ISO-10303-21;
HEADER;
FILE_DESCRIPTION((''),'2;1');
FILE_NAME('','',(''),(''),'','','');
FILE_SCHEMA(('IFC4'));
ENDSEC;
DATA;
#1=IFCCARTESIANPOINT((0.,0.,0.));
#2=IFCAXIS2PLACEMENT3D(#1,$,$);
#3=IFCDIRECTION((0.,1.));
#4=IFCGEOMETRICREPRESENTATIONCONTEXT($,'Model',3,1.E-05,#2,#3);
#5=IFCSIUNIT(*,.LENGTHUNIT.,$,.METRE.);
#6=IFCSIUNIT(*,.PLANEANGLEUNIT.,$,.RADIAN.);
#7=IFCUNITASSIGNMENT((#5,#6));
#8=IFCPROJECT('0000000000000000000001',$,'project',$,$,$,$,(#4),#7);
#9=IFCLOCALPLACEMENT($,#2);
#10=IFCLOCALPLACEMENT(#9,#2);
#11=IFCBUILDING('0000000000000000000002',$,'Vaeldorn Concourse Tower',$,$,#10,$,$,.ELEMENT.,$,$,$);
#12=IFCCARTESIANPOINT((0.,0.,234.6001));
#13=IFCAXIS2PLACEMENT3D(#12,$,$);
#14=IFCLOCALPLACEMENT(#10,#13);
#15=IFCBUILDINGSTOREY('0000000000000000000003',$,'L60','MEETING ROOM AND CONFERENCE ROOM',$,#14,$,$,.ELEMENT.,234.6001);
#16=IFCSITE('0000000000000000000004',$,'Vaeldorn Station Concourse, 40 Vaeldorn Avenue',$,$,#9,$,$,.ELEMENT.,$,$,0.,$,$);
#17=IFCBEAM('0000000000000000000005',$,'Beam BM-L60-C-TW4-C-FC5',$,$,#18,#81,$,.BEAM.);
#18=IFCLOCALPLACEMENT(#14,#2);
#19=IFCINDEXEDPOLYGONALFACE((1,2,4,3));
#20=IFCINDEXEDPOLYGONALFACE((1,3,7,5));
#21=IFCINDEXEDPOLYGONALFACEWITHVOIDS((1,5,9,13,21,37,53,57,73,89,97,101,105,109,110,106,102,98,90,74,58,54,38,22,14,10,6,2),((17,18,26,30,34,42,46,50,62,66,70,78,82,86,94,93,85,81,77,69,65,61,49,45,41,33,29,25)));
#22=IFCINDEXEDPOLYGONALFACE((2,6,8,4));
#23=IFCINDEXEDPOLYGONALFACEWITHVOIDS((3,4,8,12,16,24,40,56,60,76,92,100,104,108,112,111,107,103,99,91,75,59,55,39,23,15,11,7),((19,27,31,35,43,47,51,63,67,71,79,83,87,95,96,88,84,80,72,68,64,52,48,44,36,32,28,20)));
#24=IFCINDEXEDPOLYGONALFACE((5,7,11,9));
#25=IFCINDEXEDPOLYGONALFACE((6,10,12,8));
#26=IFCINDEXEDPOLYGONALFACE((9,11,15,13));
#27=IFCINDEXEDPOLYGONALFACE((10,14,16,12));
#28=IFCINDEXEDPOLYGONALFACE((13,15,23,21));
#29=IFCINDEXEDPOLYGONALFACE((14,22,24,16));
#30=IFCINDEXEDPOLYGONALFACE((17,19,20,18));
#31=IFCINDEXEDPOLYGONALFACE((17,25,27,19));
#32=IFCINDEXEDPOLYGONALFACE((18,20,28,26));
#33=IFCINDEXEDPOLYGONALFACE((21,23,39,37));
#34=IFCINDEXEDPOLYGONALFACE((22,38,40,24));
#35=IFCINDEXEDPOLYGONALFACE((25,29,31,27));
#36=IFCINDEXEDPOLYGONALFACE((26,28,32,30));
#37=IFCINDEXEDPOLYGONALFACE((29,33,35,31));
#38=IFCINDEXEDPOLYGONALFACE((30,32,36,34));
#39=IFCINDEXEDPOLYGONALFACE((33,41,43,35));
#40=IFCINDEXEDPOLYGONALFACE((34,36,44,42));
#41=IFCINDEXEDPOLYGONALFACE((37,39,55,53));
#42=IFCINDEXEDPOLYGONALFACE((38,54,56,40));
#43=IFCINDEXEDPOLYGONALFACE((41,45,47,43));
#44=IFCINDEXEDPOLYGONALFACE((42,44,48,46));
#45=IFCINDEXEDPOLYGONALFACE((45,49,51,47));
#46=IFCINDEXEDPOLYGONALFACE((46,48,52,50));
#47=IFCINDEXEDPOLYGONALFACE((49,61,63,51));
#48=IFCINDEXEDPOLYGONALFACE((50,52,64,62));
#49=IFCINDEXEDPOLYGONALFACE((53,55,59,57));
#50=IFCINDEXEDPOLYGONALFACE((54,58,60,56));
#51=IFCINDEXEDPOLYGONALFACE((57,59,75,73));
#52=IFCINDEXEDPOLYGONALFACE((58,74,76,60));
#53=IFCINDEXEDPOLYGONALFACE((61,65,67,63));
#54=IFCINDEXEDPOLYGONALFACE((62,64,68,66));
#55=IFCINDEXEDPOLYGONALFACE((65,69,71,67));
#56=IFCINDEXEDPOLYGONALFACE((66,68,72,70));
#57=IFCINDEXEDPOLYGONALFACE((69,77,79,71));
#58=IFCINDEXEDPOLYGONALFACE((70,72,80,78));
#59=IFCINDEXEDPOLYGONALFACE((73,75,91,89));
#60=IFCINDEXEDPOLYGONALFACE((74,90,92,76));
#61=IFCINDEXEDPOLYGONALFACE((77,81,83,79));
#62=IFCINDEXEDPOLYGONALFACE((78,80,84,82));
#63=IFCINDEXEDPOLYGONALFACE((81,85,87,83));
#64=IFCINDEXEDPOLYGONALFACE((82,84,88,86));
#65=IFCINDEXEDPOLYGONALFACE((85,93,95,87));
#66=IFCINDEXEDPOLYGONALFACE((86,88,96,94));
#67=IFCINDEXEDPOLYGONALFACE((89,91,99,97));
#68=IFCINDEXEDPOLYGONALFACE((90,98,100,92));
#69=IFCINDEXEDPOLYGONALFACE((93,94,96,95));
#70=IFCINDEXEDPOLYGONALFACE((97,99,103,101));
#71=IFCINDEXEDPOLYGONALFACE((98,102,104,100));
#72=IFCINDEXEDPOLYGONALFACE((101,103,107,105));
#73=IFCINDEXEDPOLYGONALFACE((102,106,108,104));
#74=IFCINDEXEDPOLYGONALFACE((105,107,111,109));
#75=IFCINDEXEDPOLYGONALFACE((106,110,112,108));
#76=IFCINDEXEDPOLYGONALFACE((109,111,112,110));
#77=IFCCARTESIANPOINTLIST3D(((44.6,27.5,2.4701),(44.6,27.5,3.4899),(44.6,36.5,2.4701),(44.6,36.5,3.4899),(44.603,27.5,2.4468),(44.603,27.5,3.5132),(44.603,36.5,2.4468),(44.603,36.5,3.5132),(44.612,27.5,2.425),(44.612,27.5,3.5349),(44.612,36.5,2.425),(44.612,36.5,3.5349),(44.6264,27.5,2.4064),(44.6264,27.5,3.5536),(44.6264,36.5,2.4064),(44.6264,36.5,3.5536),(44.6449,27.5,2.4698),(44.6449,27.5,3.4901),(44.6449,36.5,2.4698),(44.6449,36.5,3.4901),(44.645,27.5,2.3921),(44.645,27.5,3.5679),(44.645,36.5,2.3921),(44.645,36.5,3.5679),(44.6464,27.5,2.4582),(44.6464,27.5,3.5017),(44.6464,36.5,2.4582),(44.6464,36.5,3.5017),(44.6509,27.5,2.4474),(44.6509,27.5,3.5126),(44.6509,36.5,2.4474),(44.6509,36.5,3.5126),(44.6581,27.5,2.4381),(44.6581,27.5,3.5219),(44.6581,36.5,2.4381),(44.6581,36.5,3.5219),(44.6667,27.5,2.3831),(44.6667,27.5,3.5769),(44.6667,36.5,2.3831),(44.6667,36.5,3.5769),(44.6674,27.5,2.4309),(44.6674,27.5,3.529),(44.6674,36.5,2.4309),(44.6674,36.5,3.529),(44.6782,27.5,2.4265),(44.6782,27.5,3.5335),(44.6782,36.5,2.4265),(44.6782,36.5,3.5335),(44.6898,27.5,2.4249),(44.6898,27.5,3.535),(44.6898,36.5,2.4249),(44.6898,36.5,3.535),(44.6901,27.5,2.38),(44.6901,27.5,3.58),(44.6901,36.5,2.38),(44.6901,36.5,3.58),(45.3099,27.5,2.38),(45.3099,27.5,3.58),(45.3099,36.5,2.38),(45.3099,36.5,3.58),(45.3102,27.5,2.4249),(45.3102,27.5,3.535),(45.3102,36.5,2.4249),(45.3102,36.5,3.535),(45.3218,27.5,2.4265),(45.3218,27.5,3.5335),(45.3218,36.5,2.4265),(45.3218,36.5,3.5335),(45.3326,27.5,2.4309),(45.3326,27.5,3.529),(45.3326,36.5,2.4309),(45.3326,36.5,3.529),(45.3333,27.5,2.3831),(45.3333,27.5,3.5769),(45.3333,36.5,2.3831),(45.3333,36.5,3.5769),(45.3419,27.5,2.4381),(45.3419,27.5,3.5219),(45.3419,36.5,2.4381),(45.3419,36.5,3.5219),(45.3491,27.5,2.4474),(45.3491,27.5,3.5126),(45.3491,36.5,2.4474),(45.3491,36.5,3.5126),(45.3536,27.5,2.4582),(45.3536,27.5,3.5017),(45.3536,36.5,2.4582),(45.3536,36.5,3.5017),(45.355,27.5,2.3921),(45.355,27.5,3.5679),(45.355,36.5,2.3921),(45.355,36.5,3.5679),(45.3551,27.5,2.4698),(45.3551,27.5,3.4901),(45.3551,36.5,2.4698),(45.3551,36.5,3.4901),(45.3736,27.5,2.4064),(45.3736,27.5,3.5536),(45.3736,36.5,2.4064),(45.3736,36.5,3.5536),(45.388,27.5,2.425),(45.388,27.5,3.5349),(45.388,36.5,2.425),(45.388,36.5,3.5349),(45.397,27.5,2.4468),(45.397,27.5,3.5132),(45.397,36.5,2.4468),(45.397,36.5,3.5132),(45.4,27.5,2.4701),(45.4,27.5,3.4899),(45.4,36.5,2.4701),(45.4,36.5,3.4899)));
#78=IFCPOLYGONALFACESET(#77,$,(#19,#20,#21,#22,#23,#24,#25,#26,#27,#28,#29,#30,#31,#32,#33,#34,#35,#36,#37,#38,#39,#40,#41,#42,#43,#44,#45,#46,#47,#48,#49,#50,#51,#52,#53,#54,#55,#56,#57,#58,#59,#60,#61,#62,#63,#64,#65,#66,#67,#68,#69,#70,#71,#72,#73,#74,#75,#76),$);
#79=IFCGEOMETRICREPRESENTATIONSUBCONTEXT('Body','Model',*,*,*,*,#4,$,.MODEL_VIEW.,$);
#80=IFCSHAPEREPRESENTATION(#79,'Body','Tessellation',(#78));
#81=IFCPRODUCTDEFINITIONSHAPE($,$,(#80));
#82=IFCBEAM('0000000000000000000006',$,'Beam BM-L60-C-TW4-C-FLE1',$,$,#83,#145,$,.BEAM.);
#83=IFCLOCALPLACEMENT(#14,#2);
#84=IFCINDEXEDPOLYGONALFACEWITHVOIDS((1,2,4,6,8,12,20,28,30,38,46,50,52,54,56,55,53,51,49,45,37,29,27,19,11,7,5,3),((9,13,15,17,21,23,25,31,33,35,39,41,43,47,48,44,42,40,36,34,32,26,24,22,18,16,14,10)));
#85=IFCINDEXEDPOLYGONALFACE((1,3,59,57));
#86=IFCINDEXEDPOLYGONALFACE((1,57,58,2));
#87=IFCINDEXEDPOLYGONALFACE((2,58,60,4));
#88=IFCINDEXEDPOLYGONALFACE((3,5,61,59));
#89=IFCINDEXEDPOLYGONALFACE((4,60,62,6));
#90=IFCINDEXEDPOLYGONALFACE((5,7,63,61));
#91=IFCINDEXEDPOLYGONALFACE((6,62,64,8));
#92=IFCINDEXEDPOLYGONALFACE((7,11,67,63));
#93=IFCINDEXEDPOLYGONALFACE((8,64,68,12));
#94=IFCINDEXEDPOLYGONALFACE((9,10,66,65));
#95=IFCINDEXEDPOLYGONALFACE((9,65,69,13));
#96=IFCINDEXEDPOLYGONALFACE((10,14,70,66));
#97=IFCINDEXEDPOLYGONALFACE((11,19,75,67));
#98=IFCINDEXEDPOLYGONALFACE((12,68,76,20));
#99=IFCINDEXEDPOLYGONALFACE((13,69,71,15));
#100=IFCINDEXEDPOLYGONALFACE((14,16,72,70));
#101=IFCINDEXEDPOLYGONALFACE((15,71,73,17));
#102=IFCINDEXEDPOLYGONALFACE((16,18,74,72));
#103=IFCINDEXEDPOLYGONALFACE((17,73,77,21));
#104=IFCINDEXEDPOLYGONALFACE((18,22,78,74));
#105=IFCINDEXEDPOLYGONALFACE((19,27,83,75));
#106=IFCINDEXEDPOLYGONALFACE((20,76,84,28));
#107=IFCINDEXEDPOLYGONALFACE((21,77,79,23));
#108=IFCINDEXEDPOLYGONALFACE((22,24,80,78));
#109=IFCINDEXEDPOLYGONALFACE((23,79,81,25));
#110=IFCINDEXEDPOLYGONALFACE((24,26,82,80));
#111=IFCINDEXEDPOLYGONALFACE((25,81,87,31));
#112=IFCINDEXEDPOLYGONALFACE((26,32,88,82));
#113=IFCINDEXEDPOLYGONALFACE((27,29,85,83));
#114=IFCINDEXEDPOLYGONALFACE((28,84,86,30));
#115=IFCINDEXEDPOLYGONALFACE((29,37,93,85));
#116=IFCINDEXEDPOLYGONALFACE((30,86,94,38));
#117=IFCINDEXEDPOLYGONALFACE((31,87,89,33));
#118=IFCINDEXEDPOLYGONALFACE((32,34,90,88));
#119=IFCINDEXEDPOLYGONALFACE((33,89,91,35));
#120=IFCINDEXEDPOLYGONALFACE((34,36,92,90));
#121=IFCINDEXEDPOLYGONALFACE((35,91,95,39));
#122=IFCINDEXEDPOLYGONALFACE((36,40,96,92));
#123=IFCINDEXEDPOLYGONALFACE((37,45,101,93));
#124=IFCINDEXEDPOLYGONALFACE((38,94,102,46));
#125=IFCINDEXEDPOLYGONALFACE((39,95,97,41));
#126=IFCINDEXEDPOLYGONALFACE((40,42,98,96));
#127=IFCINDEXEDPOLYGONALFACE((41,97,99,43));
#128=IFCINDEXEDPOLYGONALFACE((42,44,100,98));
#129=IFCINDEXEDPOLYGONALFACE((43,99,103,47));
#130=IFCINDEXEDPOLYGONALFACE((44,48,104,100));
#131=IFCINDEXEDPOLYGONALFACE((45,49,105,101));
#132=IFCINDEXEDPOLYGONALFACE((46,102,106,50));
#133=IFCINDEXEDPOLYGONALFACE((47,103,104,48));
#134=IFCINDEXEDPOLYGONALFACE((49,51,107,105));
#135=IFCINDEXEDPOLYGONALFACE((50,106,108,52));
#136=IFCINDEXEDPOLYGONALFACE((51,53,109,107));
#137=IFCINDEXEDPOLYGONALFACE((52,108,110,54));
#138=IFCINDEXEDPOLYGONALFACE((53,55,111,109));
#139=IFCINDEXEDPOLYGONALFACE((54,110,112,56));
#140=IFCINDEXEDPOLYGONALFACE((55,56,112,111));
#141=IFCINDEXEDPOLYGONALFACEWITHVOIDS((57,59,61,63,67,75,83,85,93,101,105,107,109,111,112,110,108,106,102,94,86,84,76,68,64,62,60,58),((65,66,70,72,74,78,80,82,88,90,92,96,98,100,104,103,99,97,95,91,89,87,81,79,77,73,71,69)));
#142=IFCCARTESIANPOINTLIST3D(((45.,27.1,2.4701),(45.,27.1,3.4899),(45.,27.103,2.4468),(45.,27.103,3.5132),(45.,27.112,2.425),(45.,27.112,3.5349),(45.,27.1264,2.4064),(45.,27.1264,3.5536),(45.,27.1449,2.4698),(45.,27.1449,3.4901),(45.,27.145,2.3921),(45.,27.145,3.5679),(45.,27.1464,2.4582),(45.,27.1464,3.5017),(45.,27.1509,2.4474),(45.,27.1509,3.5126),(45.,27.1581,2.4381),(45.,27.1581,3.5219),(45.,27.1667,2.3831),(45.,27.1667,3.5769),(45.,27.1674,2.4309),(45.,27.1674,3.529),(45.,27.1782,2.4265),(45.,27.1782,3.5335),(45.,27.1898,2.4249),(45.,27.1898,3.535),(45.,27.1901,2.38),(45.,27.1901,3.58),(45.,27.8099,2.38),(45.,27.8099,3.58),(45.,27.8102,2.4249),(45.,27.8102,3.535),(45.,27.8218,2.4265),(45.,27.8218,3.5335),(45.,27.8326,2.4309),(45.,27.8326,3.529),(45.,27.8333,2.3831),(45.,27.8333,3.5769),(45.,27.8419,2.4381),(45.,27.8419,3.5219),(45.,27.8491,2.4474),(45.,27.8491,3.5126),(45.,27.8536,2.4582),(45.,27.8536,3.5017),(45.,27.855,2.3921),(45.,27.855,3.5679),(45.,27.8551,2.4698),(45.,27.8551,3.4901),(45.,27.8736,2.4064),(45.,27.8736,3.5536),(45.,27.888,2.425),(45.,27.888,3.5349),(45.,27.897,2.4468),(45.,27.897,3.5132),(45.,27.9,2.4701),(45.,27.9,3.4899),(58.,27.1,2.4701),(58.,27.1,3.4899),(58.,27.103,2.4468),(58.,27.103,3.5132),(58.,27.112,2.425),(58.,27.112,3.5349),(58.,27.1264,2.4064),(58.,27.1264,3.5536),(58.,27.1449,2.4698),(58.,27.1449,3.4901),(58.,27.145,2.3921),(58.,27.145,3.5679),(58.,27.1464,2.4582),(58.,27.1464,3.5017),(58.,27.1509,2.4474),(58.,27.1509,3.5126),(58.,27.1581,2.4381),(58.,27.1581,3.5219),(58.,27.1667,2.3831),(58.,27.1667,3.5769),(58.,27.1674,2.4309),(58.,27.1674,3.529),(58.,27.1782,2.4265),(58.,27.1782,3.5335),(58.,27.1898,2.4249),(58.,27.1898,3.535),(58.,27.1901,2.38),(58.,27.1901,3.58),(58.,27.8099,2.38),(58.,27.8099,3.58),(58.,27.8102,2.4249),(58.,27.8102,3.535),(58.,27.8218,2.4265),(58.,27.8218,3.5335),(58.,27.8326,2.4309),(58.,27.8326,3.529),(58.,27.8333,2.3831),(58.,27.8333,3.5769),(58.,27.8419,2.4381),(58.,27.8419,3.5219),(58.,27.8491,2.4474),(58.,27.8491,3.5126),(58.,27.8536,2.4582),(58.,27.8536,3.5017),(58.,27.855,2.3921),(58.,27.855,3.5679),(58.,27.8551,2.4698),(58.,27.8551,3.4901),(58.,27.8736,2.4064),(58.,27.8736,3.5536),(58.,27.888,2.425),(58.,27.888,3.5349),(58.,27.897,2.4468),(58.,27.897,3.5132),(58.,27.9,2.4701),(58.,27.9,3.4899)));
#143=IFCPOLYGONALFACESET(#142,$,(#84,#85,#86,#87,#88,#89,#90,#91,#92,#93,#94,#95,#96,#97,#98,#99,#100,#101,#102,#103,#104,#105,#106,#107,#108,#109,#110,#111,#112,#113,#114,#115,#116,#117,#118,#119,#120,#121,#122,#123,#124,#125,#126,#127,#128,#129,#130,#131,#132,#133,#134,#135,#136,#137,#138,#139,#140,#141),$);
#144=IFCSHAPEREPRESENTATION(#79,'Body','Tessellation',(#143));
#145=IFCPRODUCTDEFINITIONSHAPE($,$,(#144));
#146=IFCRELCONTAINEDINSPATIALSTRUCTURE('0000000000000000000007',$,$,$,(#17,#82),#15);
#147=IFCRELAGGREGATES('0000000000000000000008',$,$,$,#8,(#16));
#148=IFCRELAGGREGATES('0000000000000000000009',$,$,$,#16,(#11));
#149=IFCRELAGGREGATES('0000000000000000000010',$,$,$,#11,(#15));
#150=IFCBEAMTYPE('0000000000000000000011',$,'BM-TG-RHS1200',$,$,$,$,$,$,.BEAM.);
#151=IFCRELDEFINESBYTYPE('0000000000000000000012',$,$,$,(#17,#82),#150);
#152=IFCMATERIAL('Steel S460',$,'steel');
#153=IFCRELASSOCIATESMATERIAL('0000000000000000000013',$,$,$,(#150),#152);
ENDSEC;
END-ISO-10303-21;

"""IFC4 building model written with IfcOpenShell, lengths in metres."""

from ifc_helpers import new_model, si_unit, direction, frame, origin, origin_2d, place, context, subcontext, project, spatial, hollow_rectangle, extrude, source, transform, mapped, material, material_profile, profile_set, type_object, element, save


model = new_model("IFC4")

# Units and contexts
model_context = context("Model", 3, precision=1e-05, world=origin(), true_north=direction((0.0, 1.0)))
body_context = subcontext(model_context, "Body", "Model", "MODEL_VIEW")
ifc_project = project(units=[si_unit("LENGTHUNIT", "METRE"), si_unit("PLANEANGLEUNIT", "RADIAN")], contexts=[model_context])

# Site, building, storey
site_placement = place(None, origin())
site = spatial("IfcSite", under=ifc_project, at=site_placement, Name="Vaeldorn Station Concourse, 40 Vaeldorn Avenue", CompositionType="ELEMENT", RefElevation=0.0)
building_placement = place(site_placement, origin())
building = spatial("IfcBuilding", under=site, at=building_placement, Name="Vaeldorn Concourse Tower", CompositionType="ELEMENT")
storey_placement = place(building_placement, frame((0.0, 0.0, 234.6001)))
storey = spatial("IfcBuildingStorey", under=building, at=storey_placement, Name="L60", Description="MEETING ROOM AND CONFERENCE ROOM", CompositionType="ELEMENT", Elevation=234.6001)

# Beams
ifc_material_1 = material(Name="Steel S460", Category="steel")
ifc_material_profile_1 = material_profile(ifc_material_1, hollow_rectangle(XDim=0.8, YDim=1.2, WallThickness=0.0449, InnerFilletRadius=0.0449, OuterFilletRadius=0.0901, at=origin_2d()), Name="RHS 1200x800x45")
ifc_profile_set_1 = profile_set([ifc_material_profile_1], Name="Steel S460")
beam_type_1 = type_object("IfcBeamType", Name="BM-TG-RHS1200", PredefinedType="BEAM", material=ifc_profile_set_1)
shared_shape_1 = source(origin(), body_context, "Body", "SweptSolid", [
    extrude(hollow_rectangle(XDim=0.8, YDim=1.2, WallThickness=0.0449, InnerFilletRadius=0.0449, OuterFilletRadius=0.0901, at=origin_2d()), origin(), (0.0, 0.0, 1.0), 9.0),
])
for number, where, z_axis, x_axis, name in (
    (1, (45.0, 27.5, 2.98), (0.0, 1.0, 0.0), (-1.0, 0.0, 0.0), "Beam BM-L60-C-TW4-C-FC5"),
):
    element("IfcBeam", number, at=place(storey_placement, frame(where, z_axis=z_axis, x_axis=x_axis)), inside=storey, type_object=beam_type_1, Name=name, PredefinedType="BEAM", context=body_context, shape_type="MappedRepresentation", body=[
        mapped(shared_shape_1, transform((0.0, 0.0, 0.0), scale=1.0)),
    ])
shared_shape_2 = source(origin(), body_context, "Body", "SweptSolid", [
    extrude(hollow_rectangle(XDim=0.8, YDim=1.2, WallThickness=0.0449, InnerFilletRadius=0.0449, OuterFilletRadius=0.0901, at=origin_2d()), origin(), (0.0, 0.0, 1.0), 13.0),
])
beam_1_placement = place(storey_placement, frame((45.0, 27.5, 2.98), z_axis=(1.0, 0.0, 0.0), x_axis=(0.0, 1.0, 0.0)))
element("IfcBeam", 2, at=beam_1_placement, inside=storey, type_object=beam_type_1, Name="Beam BM-L60-C-TW4-C-FLE1", PredefinedType="BEAM", context=body_context, shape_type="MappedRepresentation", body=[
    mapped(shared_shape_2, transform((0.0, 0.0, 0.0), scale=1.0)),
])

save(model, "model.ifc")
